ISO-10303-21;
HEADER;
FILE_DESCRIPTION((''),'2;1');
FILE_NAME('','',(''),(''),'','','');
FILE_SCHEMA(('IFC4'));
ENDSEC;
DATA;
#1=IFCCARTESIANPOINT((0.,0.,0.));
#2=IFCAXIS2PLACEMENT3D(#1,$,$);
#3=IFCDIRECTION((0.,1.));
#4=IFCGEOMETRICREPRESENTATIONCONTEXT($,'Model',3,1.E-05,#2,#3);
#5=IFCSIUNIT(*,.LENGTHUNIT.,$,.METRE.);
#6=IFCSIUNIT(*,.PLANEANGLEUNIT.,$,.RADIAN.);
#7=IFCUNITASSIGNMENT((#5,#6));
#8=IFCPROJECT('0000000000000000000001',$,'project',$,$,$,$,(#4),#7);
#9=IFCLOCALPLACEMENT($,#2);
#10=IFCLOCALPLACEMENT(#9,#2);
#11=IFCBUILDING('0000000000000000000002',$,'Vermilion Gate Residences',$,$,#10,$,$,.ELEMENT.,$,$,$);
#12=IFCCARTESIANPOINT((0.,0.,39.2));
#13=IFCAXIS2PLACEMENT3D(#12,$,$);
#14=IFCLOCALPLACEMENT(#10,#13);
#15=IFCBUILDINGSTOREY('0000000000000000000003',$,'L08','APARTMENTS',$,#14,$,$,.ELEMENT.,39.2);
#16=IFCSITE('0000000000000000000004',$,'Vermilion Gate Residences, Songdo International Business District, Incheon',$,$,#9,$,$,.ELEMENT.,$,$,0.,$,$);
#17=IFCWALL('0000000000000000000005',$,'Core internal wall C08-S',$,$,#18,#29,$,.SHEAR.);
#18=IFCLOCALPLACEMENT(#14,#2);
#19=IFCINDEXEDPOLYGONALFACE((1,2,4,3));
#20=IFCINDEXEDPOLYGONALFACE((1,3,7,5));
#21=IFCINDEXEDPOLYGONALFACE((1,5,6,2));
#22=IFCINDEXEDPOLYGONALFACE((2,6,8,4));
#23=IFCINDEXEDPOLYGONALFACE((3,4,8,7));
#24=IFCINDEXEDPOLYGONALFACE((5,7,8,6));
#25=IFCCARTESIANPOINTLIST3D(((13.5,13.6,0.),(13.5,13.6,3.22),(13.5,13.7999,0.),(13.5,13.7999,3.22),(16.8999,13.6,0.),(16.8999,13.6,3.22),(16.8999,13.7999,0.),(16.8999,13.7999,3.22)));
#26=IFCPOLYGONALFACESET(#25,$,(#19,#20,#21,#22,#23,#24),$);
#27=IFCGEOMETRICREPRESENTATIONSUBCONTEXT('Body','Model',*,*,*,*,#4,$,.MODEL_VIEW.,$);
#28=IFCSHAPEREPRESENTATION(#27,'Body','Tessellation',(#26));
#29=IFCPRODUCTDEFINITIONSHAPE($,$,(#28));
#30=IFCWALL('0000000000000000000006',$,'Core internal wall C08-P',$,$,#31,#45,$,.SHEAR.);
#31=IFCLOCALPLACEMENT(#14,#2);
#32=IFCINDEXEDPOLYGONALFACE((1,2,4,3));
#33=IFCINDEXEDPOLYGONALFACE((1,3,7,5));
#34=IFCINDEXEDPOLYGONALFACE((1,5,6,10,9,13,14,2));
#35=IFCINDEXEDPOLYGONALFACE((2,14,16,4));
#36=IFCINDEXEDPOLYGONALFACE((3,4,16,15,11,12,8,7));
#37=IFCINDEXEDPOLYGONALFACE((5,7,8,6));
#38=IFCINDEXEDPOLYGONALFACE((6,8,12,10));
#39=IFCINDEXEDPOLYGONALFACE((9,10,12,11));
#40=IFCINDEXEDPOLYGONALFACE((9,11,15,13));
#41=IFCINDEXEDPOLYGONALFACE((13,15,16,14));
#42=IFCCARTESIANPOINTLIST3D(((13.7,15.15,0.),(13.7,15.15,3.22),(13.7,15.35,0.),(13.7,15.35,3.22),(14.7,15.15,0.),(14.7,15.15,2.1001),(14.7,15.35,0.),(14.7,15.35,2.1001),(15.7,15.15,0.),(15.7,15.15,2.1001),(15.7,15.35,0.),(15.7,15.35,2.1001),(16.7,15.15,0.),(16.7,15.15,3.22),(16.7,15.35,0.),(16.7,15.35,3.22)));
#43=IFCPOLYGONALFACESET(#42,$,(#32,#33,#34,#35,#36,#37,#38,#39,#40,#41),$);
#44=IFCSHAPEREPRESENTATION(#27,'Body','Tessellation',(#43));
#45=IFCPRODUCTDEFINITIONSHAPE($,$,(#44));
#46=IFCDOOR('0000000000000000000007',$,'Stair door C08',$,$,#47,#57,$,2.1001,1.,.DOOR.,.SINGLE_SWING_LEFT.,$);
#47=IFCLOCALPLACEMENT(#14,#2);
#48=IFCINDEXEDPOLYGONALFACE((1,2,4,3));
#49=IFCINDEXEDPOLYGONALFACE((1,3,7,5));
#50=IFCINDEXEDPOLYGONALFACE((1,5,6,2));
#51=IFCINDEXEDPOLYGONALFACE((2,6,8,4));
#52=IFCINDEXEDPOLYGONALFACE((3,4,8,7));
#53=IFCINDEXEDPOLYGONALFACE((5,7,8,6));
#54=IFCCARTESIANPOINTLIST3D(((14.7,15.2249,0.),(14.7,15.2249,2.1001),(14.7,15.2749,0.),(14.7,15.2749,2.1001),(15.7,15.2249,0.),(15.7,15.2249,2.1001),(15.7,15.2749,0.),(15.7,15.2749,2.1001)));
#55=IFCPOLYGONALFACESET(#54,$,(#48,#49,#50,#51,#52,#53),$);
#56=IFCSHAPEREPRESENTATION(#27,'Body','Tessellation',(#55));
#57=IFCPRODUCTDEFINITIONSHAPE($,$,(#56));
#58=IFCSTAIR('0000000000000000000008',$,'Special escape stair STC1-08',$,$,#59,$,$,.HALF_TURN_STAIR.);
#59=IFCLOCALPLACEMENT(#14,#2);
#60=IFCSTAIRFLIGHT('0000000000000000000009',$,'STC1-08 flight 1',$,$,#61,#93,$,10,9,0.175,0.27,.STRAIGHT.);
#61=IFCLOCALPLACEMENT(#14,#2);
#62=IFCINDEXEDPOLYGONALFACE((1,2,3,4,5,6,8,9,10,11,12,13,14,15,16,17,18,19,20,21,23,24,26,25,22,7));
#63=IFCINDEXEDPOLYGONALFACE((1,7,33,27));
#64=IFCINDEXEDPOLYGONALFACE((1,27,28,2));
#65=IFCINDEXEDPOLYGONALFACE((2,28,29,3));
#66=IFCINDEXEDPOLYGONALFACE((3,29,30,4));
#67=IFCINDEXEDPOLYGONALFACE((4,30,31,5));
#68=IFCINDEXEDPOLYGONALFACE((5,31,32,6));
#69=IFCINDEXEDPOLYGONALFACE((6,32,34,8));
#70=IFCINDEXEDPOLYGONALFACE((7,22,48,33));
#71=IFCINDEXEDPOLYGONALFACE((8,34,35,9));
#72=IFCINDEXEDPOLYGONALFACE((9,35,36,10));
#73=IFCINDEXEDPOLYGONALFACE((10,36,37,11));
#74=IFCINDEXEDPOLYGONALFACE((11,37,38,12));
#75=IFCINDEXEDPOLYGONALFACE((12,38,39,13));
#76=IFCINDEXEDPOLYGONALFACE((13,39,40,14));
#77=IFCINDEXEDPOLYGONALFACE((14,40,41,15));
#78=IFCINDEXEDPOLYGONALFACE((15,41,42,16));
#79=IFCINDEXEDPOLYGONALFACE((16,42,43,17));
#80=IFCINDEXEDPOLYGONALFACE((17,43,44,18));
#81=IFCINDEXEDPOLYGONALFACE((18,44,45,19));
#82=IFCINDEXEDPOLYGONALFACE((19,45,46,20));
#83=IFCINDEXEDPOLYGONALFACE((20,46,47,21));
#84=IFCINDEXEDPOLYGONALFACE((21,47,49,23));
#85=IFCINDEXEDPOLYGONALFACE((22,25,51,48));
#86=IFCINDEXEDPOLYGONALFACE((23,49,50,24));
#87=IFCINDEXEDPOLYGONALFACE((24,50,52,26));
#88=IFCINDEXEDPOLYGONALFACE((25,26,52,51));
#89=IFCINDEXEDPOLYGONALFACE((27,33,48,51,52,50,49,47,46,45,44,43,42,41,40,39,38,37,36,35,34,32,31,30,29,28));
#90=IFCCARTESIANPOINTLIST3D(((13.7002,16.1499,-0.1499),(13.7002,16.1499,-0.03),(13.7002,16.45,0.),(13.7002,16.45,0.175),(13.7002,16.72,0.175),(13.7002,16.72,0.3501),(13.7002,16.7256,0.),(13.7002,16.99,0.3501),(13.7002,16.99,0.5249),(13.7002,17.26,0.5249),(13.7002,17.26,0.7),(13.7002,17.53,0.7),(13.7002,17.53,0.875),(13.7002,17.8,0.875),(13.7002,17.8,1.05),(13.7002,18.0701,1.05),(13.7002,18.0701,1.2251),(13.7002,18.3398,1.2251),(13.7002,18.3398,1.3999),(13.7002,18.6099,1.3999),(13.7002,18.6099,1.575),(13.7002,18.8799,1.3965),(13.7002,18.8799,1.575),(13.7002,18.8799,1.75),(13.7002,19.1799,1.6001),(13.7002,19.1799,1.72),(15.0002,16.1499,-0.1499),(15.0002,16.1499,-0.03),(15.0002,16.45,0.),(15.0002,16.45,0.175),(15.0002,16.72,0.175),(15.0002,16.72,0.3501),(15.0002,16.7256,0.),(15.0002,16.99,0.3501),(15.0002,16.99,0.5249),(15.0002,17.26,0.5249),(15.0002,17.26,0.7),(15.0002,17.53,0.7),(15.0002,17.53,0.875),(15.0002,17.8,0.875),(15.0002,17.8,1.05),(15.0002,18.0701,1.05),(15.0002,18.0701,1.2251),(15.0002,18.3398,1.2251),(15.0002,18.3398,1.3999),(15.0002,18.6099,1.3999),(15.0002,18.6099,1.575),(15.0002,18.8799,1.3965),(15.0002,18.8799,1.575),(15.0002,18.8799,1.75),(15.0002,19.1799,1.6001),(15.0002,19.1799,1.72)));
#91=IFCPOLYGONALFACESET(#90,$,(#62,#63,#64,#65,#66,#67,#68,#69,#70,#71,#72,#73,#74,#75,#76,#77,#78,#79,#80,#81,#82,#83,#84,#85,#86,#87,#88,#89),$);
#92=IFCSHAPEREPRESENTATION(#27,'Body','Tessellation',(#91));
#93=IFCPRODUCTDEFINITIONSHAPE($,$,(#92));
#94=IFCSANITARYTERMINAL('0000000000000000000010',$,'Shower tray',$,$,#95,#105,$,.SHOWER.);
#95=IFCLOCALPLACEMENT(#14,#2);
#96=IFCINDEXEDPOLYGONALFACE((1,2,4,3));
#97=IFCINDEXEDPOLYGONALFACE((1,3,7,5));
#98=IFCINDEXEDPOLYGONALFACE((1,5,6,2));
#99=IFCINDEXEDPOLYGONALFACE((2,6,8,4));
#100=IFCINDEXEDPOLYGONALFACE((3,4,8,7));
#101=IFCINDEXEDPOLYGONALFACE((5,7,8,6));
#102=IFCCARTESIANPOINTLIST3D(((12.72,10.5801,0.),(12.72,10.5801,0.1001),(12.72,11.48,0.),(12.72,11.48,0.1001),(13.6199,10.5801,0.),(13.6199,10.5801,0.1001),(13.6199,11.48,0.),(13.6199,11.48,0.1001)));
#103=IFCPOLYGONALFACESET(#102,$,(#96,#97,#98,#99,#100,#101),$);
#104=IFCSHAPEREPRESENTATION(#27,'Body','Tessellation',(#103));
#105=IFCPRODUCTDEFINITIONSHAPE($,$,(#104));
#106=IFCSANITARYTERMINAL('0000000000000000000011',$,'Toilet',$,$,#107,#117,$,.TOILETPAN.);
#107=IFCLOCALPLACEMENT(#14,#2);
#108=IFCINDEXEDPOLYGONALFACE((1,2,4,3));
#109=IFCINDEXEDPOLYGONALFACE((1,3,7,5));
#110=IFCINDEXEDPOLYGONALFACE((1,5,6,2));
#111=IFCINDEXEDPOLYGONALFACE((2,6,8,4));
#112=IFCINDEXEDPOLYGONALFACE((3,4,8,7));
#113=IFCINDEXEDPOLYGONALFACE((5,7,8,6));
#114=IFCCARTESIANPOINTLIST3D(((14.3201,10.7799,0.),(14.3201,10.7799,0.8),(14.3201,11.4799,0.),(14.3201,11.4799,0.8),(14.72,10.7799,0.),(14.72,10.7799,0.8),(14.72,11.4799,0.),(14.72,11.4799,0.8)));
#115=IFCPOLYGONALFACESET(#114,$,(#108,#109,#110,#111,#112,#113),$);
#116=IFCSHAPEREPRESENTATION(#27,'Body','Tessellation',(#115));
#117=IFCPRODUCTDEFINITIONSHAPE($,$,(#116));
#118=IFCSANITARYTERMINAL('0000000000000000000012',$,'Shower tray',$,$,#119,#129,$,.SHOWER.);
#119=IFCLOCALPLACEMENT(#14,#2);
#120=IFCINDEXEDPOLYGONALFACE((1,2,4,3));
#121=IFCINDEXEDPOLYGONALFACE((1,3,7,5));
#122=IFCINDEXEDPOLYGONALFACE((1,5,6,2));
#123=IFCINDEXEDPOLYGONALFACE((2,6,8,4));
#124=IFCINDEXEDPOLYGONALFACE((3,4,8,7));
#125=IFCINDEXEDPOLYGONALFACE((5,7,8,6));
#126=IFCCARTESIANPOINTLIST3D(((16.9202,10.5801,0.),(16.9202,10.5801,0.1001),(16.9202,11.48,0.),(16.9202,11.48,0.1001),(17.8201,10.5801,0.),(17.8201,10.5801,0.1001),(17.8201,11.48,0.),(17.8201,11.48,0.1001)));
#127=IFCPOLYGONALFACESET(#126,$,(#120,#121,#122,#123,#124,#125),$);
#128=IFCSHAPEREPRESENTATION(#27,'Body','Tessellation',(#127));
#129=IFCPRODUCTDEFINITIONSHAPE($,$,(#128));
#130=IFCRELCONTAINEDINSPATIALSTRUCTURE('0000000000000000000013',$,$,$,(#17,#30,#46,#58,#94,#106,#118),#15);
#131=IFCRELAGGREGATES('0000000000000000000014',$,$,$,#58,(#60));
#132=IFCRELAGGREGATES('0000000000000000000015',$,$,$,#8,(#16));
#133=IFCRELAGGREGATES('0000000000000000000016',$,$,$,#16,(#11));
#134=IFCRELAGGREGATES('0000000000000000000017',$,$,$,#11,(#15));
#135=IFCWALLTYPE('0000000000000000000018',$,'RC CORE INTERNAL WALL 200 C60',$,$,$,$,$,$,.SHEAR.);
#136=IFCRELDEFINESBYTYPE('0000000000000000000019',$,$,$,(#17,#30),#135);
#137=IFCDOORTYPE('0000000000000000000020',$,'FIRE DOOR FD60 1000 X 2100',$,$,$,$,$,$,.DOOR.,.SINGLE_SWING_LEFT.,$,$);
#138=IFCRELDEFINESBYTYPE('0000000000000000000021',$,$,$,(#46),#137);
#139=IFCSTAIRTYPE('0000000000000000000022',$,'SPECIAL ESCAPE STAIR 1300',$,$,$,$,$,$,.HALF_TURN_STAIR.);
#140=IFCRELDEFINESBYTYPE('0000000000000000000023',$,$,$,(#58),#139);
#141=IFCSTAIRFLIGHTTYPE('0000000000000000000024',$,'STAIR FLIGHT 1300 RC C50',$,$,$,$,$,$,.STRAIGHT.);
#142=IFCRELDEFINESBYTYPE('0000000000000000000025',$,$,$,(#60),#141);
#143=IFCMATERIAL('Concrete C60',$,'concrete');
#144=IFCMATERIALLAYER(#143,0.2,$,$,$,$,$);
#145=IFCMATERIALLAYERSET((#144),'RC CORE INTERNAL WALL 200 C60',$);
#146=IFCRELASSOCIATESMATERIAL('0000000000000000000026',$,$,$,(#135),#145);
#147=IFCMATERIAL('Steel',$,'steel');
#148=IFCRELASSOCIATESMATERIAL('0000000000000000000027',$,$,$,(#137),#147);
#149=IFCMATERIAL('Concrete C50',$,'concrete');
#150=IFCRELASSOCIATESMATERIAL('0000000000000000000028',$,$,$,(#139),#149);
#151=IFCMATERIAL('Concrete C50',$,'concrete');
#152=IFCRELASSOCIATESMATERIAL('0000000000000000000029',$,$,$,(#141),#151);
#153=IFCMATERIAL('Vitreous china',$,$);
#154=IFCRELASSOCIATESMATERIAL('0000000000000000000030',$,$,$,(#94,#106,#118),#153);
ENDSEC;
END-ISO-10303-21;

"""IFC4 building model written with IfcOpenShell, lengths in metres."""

from ifc_helpers import new_model, si_unit, direction, frame, frame_2d, origin, origin_2d, place, context, subcontext, project, spatial, polyline, rectangle, outline, extrude, material, layer, layer_set, type_object, element, fill, aggregate, save


model = new_model("IFC4")

# Units and contexts
model_context = context("Model", 3, precision=1e-05, world=origin(), true_north=direction((0.0, 1.0)))
body_context = subcontext(model_context, "Body", "Model", "MODEL_VIEW")
ifc_project = project(units=[si_unit("LENGTHUNIT", "METRE"), si_unit("PLANEANGLEUNIT", "RADIAN")], contexts=[model_context])

# Site, building, storey
site_placement = place(None, origin())
site = spatial("IfcSite", under=ifc_project, at=site_placement, Name="Vermilion Gate Residences, Songdo International Business District, Incheon", CompositionType="ELEMENT", RefElevation=0.0)
building_placement = place(site_placement, origin())
building = spatial("IfcBuilding", under=site, at=building_placement, Name="Vermilion Gate Residences", CompositionType="ELEMENT")
storey_placement = place(building_placement, frame((0.0, 0.0, 39.2)))
storey = spatial("IfcBuildingStorey", under=building, at=storey_placement, Name="L08", Description="APARTMENTS", CompositionType="ELEMENT", Elevation=39.2)

# Shared definitions
ifc_material_1 = material(Name="Concrete C60", Category="concrete")
ifc_layer_1 = layer(ifc_material_1, 0.2)
ifc_layer_set_1 = layer_set([ifc_layer_1], Name="RC CORE INTERNAL WALL 200 C60")
wall_type_1 = type_object("IfcWallType", Name="RC CORE INTERNAL WALL 200 C60", PredefinedType="SHEAR", material=ifc_layer_set_1)
ifc_material_2 = material(Name="Steel", Category="steel")
door_type_1 = type_object("IfcDoorType", Name="FIRE DOOR FD60 1000 X 2100", OperationType="SINGLE_SWING_LEFT", PredefinedType="DOOR", material=ifc_material_2)

# Wall
wall_1_placement = place(storey_placement, frame((13.5, 13.7, 0.0), z_axis=(0.0, 0.0, 1.0), x_axis=(1.0, 0.0, 0.0)))
element("IfcWall", 1, at=wall_1_placement, inside=storey, type_object=wall_type_1, Name="Core internal wall C08-S", PredefinedType="SHEAR", context=body_context, shape_type="SweptSolid", body=[
    extrude(rectangle(XDim=3.3999, YDim=0.2, at=frame_2d((1.7, 0.0))), origin(), (0.0, 0.0, 1.0), 3.22),
])

# Wall, opening, door
wall_2_placement = place(storey_placement, frame((13.7, 15.25, 0.0), z_axis=(0.0, 0.0, 1.0), x_axis=(1.0, 0.0, 0.0)))
wall_2 = element("IfcWall", 2, at=wall_2_placement, inside=storey, type_object=wall_type_1, Name="Core internal wall C08-P", PredefinedType="SHEAR", context=body_context, shape_type="SweptSolid", body=[
    extrude(rectangle(XDim=3.0, YDim=0.2, at=frame_2d((1.5, 0.0))), origin(), (0.0, 0.0, 1.0), 3.22),
])
opening_1_placement = place(wall_2_placement, frame((1.0, 0.0, 0.0)))
opening_1 = element("IfcOpeningElement", 3, at=opening_1_placement, cuts=wall_2, PredefinedType="OPENING", context=body_context, shape_type="SweptSolid", body=[
    extrude(rectangle(XDim=1.0, YDim=2.1001, at=frame_2d((0.5, 1.05))), frame((0.0, 0.1099, 0.0), z_axis=(0.0, -1.0, 0.0), x_axis=(1.0, 0.0, 0.0)), (0.0, 0.0, 1.0), 0.22),
])
door_1_placement = place(opening_1_placement, origin())
door_1 = element("IfcDoor", 4, at=door_1_placement, inside=storey, type_object=door_type_1, Name="Stair door C08", OperationType="SINGLE_SWING_LEFT", OverallHeight=2.1001, OverallWidth=1.0, PredefinedType="DOOR", context=body_context, shape_type="SweptSolid", body=[
    extrude(rectangle(XDim=1.0, YDim=2.1001, at=frame_2d((0.5, 1.05))), frame((0.0, 0.0249, 0.0), z_axis=(0.0, -1.0, 0.0), x_axis=(1.0, 0.0, 0.0)), (0.0, 0.0, 1.0), 0.05),
])
fill(opening_1, door_1)

# Stair, stair flight
ifc_material_3 = material(Name="Concrete C50", Category="concrete")
stair_type = type_object("IfcStairType", Name="SPECIAL ESCAPE STAIR 1300", PredefinedType="HALF_TURN_STAIR", material=ifc_material_3)
stair_placement = place(storey_placement, origin())
stair = element("IfcStair", 5, at=stair_placement, inside=storey, type_object=stair_type, Name="Special escape stair STC1-08", PredefinedType="HALF_TURN_STAIR")
ifc_material_4 = material(Name="Concrete C50", Category="concrete")
stair_flight_type = type_object("IfcStairFlightType", Name="STAIR FLIGHT 1300 RC C50", PredefinedType="STRAIGHT", material=ifc_material_4)
stair_flight_placement = place(storey_placement, frame((14.3501, 16.45, 0.0), z_axis=(0.0, 0.0, 1.0), x_axis=(0.0, 1.0, 0.0)))
stair_flight = element("IfcStairFlight", 6, at=stair_flight_placement, type_object=stair_flight_type, Name="STC1-08 flight 1", NumberOfRisers=10, NumberOfTreads=9, PredefinedType="STRAIGHT", RiserHeight=0.175, TreadLength=0.27, context=body_context, shape_type="SweptSolid", body=[
    extrude(outline(polyline([(-0.3, -0.1499), (-0.3, -0.03), (0.0, 0.0), (0.0, 0.175), (0.27, 0.175), (0.27, 0.3501), (0.54, 0.3501), (0.54, 0.5249), (0.8101, 0.5249), (0.8101, 0.7), (1.0801, 0.7), (1.0801, 0.875), (1.3501, 0.875), (1.3501, 1.05), (1.6201, 1.05), (1.6201, 1.2251), (1.8899, 1.2251), (1.8899, 1.3999), (2.1599, 1.3999), (2.1599, 1.575), (2.4299, 1.575), (2.4299, 1.75), (2.73, 1.72), (2.73, 1.6001), (2.4299, 1.3965), (0.2756, 0.0), (-0.3, -0.1499)])), frame((0.0, 0.6499, 0.0), z_axis=(0.0, -1.0, 0.0), x_axis=(1.0, 0.0, 0.0)), (0.0, 0.0, 1.0), 1.3),
])
aggregate(stair, [stair_flight])

# Sanitary terminals
ifc_material_5 = material(Name="Vitreous china")
sanitary_terminal_1_placement = place(storey_placement, frame((13.1699, 11.03, 0.0), z_axis=(0.0, 0.0, 1.0), x_axis=(1.0, 0.0, 0.0)))
element("IfcSanitaryTerminal", 7, at=sanitary_terminal_1_placement, inside=storey, material=ifc_material_5, Name="Shower tray", PredefinedType="SHOWER", context=body_context, shape_type="SweptSolid", body=[
    extrude(rectangle(XDim=0.8999, YDim=0.8999, at=origin_2d()), origin(), (0.0, 0.0, 1.0), 0.1001),
])
sanitary_terminal_2_placement = place(storey_placement, frame((14.52, 11.1299, 0.0), z_axis=(0.0, 0.0, 1.0), x_axis=(1.0, 0.0, 0.0)))
element("IfcSanitaryTerminal", 8, at=sanitary_terminal_2_placement, inside=storey, material=ifc_material_5, Name="Toilet", PredefinedType="TOILETPAN", context=body_context, shape_type="SweptSolid", body=[
    extrude(rectangle(XDim=0.3999, YDim=0.7, at=origin_2d()), origin(), (0.0, 0.0, 1.0), 0.8),
])
sanitary_terminal_3_placement = place(storey_placement, frame((17.3701, 11.03, 0.0), z_axis=(0.0, 0.0, 1.0), x_axis=(1.0, 0.0, 0.0)))
element("IfcSanitaryTerminal", 9, at=sanitary_terminal_3_placement, inside=storey, material=ifc_material_5, Name="Shower tray", PredefinedType="SHOWER", context=body_context, shape_type="SweptSolid", body=[
    extrude(rectangle(XDim=0.8999, YDim=0.8999, at=origin_2d()), origin(), (0.0, 0.0, 1.0), 0.1001),
])

save(model, "model.ifc")
